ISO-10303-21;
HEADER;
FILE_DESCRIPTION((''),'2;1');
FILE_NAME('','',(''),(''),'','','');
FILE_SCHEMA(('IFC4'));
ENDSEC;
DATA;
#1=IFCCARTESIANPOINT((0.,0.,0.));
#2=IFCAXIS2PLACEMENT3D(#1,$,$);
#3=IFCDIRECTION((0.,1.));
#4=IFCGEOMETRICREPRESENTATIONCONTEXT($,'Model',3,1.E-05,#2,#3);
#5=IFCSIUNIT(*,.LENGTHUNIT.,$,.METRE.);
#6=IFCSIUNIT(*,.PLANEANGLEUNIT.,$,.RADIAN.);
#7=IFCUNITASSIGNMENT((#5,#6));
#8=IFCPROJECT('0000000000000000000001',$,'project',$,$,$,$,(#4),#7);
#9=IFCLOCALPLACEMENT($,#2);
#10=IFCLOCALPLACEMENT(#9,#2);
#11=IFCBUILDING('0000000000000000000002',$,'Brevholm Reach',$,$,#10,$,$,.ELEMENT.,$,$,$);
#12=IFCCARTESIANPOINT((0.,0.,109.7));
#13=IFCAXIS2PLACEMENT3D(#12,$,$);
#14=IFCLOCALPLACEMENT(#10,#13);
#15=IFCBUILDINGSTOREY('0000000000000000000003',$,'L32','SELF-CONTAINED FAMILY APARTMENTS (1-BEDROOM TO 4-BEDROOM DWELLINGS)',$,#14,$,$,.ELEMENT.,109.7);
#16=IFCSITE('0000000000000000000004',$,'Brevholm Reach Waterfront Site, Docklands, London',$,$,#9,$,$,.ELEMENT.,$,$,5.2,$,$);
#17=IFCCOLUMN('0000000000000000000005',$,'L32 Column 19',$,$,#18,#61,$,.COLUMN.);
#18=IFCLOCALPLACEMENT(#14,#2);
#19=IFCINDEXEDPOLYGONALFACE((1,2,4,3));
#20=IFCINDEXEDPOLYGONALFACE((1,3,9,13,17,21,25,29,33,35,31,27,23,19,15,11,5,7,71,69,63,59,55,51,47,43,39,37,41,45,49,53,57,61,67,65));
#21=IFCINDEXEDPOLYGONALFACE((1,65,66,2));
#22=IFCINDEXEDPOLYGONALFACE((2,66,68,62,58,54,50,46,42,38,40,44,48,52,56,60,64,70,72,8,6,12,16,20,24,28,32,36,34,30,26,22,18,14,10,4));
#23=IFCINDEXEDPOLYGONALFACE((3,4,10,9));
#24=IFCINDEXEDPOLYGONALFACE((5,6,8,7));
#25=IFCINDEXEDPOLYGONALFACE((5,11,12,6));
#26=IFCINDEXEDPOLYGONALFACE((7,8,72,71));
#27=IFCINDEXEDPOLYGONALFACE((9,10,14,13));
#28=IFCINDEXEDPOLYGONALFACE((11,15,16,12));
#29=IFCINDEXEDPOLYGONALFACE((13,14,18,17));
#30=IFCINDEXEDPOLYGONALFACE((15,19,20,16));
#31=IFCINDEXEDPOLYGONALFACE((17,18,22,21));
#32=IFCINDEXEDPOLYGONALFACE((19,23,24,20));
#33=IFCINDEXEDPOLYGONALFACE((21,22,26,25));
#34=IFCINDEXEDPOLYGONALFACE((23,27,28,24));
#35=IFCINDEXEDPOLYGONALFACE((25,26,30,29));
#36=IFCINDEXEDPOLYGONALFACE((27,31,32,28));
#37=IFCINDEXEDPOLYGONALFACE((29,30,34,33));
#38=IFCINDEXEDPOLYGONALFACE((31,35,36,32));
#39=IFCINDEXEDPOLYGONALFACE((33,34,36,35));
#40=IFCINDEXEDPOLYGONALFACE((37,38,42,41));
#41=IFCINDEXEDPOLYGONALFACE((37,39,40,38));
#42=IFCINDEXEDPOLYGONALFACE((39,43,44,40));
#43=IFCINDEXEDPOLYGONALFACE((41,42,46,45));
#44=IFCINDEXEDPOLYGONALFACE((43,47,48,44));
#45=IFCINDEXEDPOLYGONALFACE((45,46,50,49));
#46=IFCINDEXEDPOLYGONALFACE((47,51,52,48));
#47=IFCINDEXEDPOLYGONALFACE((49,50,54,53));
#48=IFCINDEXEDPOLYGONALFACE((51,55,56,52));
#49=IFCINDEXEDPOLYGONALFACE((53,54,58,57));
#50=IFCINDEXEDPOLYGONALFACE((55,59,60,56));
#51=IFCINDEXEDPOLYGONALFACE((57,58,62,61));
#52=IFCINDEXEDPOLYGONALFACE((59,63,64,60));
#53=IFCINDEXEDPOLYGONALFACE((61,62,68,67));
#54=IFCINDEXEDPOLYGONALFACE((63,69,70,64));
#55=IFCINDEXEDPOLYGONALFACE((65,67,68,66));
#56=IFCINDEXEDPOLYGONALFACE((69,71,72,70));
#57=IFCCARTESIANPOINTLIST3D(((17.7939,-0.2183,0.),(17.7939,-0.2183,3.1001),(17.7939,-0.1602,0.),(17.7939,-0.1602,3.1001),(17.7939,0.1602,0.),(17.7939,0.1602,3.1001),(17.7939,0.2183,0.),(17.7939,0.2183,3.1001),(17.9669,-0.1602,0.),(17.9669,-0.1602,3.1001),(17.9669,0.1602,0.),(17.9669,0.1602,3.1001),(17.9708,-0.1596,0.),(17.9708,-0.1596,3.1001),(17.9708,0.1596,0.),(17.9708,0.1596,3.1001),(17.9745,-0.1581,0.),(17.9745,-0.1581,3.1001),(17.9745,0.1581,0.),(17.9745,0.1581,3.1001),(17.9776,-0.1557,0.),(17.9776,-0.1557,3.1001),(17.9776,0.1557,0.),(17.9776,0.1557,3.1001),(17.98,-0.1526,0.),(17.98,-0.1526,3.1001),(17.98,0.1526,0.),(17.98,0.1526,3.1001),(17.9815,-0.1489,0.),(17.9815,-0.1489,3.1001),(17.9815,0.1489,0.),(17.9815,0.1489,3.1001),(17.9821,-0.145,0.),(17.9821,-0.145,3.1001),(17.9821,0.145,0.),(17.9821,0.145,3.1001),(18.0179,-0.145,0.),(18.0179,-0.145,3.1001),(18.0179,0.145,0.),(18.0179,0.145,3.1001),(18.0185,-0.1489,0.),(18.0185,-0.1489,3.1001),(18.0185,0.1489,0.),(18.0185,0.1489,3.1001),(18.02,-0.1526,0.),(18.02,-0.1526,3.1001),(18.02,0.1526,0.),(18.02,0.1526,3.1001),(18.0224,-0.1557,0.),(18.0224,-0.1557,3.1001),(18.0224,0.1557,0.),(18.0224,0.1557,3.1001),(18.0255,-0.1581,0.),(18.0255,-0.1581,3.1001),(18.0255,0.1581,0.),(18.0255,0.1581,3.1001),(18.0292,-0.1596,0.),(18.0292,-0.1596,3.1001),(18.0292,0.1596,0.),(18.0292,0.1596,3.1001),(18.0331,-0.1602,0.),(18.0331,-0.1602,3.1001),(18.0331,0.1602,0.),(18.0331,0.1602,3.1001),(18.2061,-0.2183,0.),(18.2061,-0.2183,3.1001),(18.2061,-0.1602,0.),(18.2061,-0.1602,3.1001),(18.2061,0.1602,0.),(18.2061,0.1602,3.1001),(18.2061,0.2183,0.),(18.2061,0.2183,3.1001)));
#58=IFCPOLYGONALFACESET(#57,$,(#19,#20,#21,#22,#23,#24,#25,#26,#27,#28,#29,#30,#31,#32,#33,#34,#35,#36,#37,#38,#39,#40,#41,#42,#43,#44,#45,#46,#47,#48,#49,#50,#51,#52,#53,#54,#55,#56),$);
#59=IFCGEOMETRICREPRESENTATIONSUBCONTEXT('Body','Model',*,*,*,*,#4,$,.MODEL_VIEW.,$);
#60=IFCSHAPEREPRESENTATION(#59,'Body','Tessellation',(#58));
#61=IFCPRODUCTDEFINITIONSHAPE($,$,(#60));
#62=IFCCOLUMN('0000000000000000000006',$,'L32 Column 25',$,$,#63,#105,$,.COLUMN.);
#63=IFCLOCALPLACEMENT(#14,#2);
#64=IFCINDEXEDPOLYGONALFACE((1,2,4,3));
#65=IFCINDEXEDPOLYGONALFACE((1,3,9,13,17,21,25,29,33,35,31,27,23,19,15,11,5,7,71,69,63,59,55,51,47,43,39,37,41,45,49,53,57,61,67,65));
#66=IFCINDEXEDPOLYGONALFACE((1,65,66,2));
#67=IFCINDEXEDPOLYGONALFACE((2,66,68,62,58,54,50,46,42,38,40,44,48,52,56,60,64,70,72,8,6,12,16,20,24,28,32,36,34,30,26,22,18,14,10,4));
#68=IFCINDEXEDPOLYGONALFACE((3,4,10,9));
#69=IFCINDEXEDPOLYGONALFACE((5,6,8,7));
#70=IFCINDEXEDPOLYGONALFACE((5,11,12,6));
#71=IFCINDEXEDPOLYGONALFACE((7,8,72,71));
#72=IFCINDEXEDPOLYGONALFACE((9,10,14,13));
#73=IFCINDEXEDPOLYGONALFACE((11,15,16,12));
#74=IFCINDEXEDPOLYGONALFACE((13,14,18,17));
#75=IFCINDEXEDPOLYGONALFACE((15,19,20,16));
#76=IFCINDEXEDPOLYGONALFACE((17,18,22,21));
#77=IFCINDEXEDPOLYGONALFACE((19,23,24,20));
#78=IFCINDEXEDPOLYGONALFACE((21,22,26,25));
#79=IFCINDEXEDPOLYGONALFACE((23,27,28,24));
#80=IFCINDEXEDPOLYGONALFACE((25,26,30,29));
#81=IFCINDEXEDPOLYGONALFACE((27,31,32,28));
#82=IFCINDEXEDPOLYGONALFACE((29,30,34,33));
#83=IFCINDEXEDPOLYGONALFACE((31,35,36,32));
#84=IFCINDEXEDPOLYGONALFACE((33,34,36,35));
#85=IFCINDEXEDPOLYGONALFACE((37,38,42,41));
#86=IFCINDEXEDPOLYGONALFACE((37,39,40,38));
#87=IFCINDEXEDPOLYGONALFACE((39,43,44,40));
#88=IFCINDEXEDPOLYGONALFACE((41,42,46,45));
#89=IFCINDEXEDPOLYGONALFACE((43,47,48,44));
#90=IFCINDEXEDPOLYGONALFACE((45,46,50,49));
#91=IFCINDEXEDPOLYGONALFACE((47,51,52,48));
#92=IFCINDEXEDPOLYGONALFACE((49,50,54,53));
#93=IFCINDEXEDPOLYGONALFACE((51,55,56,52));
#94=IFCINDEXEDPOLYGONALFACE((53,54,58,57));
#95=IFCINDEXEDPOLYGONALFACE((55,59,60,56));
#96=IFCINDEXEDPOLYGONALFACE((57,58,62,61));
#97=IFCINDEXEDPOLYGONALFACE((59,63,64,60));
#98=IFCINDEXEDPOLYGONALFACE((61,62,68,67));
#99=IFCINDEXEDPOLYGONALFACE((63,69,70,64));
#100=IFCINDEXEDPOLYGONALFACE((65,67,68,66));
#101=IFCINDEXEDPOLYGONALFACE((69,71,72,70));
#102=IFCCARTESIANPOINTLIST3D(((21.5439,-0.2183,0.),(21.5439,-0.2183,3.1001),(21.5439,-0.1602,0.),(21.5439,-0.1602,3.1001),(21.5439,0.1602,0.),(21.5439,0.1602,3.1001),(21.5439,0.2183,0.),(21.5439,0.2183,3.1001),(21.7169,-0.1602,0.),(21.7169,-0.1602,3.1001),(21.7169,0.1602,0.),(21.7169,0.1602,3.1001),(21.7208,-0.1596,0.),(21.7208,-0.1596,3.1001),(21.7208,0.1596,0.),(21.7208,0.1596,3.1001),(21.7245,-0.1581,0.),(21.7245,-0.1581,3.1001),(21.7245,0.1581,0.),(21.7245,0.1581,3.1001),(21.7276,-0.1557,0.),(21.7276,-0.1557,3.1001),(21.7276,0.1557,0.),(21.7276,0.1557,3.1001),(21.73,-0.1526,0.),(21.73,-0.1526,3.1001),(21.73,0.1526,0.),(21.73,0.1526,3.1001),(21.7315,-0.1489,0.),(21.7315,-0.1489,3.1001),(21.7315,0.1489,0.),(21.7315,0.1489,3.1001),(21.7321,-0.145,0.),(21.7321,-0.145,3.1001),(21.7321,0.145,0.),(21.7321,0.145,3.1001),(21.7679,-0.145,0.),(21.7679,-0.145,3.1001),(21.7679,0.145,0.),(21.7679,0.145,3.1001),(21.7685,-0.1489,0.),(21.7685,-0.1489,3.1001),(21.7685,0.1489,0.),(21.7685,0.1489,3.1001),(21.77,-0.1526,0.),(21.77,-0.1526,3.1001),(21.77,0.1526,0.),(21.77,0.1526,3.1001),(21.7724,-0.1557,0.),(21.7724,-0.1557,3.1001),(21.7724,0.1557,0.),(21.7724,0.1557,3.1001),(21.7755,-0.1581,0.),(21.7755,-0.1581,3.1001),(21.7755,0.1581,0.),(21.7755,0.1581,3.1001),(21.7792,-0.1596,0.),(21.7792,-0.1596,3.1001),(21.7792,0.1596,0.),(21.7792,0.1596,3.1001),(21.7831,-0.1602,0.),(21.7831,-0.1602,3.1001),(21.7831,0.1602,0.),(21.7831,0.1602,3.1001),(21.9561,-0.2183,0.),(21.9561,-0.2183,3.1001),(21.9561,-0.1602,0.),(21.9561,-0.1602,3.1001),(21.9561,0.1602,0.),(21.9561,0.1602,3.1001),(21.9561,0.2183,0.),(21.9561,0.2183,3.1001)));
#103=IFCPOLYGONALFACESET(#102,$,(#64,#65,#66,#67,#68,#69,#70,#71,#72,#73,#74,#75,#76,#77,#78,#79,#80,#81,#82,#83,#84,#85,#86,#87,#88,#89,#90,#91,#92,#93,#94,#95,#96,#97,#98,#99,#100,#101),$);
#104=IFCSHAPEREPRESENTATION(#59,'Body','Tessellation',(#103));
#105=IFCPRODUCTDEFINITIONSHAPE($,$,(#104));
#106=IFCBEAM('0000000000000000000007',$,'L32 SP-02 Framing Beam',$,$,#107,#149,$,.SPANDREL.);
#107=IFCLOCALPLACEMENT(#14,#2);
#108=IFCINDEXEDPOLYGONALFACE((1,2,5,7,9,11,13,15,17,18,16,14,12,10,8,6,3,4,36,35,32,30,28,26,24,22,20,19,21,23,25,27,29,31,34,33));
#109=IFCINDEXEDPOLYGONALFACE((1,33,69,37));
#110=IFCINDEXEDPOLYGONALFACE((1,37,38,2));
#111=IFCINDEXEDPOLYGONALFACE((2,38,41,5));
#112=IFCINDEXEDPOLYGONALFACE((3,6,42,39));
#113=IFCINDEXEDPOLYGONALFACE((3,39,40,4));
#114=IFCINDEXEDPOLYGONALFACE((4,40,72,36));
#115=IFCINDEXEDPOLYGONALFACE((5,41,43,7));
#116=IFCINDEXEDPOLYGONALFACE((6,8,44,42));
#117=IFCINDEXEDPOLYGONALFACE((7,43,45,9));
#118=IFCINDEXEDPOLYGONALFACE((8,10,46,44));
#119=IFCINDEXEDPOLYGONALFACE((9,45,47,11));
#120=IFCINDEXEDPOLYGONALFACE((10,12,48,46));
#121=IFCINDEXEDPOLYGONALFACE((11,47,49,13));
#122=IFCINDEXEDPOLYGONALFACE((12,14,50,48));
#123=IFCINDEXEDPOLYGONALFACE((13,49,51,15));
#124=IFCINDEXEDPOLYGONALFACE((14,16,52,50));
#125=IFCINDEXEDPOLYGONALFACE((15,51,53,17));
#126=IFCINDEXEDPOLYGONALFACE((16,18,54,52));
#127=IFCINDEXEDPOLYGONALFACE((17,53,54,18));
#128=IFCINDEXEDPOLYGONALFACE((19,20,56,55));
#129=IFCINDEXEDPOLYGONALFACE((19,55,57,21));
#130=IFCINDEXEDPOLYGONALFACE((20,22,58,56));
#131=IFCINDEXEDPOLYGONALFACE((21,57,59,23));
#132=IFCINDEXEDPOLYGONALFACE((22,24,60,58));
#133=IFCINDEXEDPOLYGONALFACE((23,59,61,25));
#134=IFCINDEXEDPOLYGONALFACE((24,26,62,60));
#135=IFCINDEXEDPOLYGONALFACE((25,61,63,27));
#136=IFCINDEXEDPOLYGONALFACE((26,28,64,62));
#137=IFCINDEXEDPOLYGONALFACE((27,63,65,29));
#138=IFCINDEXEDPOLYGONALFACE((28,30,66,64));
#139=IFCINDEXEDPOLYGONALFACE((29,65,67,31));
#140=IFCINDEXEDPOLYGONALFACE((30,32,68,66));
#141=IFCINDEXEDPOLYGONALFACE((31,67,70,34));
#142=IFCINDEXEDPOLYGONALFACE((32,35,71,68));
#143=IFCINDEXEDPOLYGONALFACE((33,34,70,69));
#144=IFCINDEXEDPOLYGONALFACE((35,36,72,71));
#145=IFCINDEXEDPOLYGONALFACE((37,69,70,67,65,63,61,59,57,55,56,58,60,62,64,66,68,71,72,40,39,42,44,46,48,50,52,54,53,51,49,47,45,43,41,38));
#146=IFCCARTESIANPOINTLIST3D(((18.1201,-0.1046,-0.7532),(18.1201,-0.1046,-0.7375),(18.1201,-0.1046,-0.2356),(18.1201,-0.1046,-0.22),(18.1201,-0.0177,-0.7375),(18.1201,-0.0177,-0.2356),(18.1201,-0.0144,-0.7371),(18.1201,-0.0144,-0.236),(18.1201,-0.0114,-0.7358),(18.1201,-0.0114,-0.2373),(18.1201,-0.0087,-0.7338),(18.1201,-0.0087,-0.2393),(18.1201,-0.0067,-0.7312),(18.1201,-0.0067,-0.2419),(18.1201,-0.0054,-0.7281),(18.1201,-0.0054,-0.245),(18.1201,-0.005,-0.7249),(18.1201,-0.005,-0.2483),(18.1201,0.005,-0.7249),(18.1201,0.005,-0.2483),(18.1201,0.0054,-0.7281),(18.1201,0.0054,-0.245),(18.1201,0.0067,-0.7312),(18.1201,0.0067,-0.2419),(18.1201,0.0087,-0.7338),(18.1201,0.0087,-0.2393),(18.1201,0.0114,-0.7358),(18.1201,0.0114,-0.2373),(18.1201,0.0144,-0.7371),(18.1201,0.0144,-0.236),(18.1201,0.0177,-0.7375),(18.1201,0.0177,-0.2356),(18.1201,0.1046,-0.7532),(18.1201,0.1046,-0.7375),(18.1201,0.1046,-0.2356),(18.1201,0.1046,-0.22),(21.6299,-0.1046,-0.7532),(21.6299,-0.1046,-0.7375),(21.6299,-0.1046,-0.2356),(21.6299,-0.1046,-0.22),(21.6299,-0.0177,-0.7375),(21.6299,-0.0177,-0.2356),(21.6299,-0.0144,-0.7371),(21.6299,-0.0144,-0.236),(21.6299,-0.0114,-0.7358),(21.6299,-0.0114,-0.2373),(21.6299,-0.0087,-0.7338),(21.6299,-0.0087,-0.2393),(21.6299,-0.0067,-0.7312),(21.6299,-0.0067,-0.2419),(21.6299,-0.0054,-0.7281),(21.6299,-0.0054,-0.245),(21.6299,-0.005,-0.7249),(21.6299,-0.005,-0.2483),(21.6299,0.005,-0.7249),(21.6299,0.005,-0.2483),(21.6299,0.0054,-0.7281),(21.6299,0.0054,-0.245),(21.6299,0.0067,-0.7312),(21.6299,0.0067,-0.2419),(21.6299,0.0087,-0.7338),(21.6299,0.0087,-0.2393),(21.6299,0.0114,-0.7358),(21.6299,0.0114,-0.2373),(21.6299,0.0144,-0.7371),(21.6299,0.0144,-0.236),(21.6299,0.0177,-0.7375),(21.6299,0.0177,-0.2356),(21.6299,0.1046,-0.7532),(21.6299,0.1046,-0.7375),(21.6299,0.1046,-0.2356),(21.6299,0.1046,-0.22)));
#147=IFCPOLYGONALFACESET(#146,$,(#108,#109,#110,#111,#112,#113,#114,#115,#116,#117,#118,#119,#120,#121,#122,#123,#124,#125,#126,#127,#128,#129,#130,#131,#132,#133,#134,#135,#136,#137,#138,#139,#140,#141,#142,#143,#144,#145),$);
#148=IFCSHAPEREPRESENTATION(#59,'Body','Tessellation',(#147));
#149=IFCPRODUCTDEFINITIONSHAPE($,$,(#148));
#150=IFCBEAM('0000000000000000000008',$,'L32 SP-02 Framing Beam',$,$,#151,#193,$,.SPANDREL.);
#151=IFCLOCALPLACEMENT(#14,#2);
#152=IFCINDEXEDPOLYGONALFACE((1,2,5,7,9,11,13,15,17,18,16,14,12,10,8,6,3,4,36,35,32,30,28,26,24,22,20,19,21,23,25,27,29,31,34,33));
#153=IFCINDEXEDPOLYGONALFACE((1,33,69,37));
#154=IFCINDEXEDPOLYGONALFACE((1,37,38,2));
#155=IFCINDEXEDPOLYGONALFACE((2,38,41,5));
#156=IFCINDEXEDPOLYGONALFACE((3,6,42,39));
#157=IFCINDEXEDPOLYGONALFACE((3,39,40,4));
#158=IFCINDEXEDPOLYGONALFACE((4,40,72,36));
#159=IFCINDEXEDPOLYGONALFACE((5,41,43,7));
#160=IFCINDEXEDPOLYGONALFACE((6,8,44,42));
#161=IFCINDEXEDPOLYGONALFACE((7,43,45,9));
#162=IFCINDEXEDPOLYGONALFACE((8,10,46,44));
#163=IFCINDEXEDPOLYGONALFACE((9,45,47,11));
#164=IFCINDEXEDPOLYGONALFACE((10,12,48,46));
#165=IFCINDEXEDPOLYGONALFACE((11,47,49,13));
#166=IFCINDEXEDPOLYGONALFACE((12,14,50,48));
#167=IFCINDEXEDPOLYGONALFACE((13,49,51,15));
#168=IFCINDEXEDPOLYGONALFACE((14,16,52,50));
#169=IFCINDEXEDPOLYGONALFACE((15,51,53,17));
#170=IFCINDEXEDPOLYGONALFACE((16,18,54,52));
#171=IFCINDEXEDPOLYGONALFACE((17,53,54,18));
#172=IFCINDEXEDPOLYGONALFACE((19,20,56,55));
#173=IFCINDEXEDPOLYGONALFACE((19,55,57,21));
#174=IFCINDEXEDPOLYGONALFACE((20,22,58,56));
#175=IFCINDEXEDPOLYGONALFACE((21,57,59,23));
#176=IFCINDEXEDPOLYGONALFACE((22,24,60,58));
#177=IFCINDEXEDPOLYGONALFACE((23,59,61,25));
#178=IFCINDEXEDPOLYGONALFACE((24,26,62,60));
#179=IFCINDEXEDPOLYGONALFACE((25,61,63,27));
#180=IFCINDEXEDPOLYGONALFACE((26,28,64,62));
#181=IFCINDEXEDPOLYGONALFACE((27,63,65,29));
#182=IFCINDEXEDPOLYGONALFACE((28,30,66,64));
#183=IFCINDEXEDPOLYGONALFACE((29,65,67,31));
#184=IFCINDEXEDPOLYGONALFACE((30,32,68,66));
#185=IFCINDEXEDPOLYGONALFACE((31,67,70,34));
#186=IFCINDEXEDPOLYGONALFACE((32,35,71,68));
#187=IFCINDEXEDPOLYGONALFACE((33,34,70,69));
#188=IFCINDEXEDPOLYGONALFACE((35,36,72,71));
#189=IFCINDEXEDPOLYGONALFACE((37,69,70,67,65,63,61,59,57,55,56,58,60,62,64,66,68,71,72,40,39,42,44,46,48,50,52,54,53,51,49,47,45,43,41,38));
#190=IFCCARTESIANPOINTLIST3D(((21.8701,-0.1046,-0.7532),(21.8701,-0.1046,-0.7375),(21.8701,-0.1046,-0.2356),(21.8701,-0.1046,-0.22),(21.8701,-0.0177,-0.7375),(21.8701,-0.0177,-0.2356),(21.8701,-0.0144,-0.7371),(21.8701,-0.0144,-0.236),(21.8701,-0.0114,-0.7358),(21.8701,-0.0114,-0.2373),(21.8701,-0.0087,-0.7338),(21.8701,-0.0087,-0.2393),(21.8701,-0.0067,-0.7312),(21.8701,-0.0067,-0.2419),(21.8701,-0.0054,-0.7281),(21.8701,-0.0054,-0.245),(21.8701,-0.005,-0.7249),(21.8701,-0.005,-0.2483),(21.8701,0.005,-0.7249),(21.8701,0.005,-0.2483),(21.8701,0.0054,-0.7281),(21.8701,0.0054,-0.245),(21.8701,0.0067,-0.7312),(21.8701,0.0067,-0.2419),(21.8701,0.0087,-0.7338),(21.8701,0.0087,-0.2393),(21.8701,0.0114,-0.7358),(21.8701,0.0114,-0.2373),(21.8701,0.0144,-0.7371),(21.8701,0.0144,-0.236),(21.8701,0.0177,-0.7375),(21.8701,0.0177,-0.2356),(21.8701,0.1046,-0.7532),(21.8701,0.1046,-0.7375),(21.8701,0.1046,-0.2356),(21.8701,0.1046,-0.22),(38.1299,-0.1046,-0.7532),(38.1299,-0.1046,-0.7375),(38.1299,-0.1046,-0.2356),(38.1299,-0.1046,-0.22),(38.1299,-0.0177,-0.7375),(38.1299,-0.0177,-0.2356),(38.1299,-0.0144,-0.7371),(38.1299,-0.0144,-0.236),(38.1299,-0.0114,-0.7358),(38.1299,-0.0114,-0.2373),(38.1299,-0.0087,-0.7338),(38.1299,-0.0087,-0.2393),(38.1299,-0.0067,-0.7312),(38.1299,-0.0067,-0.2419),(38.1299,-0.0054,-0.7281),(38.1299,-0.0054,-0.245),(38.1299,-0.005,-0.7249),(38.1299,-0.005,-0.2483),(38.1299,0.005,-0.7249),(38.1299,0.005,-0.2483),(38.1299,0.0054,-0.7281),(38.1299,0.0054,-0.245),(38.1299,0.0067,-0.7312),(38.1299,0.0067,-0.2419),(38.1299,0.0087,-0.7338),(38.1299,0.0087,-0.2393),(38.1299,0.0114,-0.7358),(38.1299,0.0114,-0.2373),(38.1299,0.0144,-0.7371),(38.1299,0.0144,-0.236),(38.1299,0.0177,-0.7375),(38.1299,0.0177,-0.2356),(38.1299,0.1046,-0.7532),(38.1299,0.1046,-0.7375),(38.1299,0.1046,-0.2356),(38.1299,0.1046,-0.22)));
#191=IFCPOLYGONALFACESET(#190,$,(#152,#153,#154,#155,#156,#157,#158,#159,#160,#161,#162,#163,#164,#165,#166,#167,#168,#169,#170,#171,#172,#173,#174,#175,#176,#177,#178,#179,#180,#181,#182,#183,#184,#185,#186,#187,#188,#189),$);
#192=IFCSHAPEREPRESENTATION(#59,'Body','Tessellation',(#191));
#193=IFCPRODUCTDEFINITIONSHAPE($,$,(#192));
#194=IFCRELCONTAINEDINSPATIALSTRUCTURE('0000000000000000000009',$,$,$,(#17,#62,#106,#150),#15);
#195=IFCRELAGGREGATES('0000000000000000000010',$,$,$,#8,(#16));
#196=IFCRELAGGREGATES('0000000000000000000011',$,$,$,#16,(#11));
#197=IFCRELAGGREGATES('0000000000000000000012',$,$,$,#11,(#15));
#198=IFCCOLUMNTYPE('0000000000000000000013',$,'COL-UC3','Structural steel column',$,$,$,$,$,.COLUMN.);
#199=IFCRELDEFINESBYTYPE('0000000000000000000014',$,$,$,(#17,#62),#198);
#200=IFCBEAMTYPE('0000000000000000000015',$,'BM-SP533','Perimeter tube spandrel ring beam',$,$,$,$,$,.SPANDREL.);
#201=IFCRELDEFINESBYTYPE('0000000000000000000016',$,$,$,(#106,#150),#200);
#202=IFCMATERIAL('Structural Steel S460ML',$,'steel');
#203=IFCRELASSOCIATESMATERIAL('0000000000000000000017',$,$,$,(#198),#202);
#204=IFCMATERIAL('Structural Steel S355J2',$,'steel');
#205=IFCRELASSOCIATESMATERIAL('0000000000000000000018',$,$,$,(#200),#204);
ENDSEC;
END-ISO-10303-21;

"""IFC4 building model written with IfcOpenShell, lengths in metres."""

from ifc_helpers import new_model, si_unit, direction, frame, origin, origin_2d, place, context, subcontext, project, spatial, i_section, extrude, material, material_profile, profile_set, type_object, element, save


model = new_model("IFC4")

# Units and contexts
model_context = context("Model", 3, precision=1e-05, world=origin(), true_north=direction((0.0, 1.0)))
body_context = subcontext(model_context, "Body", "Model", "MODEL_VIEW")
ifc_project = project(units=[si_unit("LENGTHUNIT", "METRE"), si_unit("PLANEANGLEUNIT", "RADIAN")], contexts=[model_context])

# Site, building, storey
site_placement = place(None, origin())
site = spatial("IfcSite", under=ifc_project, at=site_placement, Name="Brevholm Reach Waterfront Site, Docklands, London", CompositionType="ELEMENT", RefElevation=5.2)
building_placement = place(site_placement, origin())
building = spatial("IfcBuilding", under=site, at=building_placement, Name="Brevholm Reach", CompositionType="ELEMENT")
storey_placement = place(building_placement, frame((0.0, 0.0, 109.7)))
storey = spatial("IfcBuildingStorey", under=building, at=storey_placement, Name="L32", Description="SELF-CONTAINED FAMILY APARTMENTS (1-BEDROOM TO 4-BEDROOM DWELLINGS)", CompositionType="ELEMENT", Elevation=109.7)

# Columns
ifc_material_1 = material(Name="Structural Steel S460ML", Category="steel")
ifc_material_profile_1 = material_profile(ifc_material_1, i_section(OverallWidth=0.4121, OverallDepth=0.4365, WebThickness=0.0359, FlangeThickness=0.0581, FilletRadius=0.0151, at=origin_2d()), Name="UKC 356x406x467")
ifc_profile_set_1 = profile_set([ifc_material_profile_1], Name="Structural Steel S460ML")
column_type = type_object("IfcColumnType", Name="COL-UC3", Description="Structural steel column", PredefinedType="COLUMN", material=ifc_profile_set_1)
for number, where, z_axis, x_axis, name in (
    (1, (18.0, 0.0, 0.0), (0.0, 0.0, 1.0), (1.0, 0.0, 0.0), "L32 Column 19"),
    (2, (21.75, 0.0, 0.0), (0.0, 0.0, 1.0), (1.0, 0.0, 0.0), "L32 Column 25"),
):
    element("IfcColumn", number, at=place(storey_placement, frame(where, z_axis=z_axis, x_axis=x_axis)), inside=storey, type_object=column_type, Name=name, PredefinedType="COLUMN", context=body_context, shape_type="SweptSolid", body=[
        extrude(i_section(OverallWidth=0.4121, OverallDepth=0.4365, WebThickness=0.0359, FlangeThickness=0.0581, FilletRadius=0.0151, at=origin_2d()), origin(), (0.0, 0.0, 1.0), 3.1001),
    ])

# Beams
ifc_material_2 = material(Name="Structural Steel S355J2", Category="steel")
ifc_material_profile_2 = material_profile(ifc_material_2, i_section(OverallWidth=0.2092, OverallDepth=0.5332, WebThickness=0.01, FlangeThickness=0.0156, FilletRadius=0.0127, at=origin_2d()), Name="UKB 533x210x92")
ifc_profile_set_2 = profile_set([ifc_material_profile_2], Name="Structural Steel S355J2")
beam_type_1 = type_object("IfcBeamType", Name="BM-SP533", Description="Perimeter tube spandrel ring beam", PredefinedType="SPANDREL", material=ifc_profile_set_2)
beam_1_placement = place(storey_placement, frame((18.1201, 0.0, -0.4866), z_axis=(1.0, 0.0, 0.0), x_axis=(0.0, 1.0, 0.0)))
element("IfcBeam", 3, at=beam_1_placement, inside=storey, type_object=beam_type_1, Name="L32 SP-02 Framing Beam", PredefinedType="SPANDREL", context=body_context, shape_type="SweptSolid", body=[
    extrude(i_section(OverallWidth=0.2092, OverallDepth=0.5332, WebThickness=0.01, FlangeThickness=0.0156, FilletRadius=0.0127, at=origin_2d()), origin(), (0.0, 0.0, 1.0), 3.5098),
])
beam_2_placement = place(storey_placement, frame((21.8701, 0.0, -0.4866), z_axis=(1.0, 0.0, 0.0), x_axis=(0.0, 1.0, 0.0)))
element("IfcBeam", 4, at=beam_2_placement, inside=storey, type_object=beam_type_1, Name="L32 SP-02 Framing Beam", PredefinedType="SPANDREL", context=body_context, shape_type="SweptSolid", body=[
    extrude(i_section(OverallWidth=0.2092, OverallDepth=0.5332, WebThickness=0.01, FlangeThickness=0.0156, FilletRadius=0.0127, at=origin_2d()), origin(), (0.0, 0.0, 1.0), 16.2598),
])

save(model, "model.ifc")
